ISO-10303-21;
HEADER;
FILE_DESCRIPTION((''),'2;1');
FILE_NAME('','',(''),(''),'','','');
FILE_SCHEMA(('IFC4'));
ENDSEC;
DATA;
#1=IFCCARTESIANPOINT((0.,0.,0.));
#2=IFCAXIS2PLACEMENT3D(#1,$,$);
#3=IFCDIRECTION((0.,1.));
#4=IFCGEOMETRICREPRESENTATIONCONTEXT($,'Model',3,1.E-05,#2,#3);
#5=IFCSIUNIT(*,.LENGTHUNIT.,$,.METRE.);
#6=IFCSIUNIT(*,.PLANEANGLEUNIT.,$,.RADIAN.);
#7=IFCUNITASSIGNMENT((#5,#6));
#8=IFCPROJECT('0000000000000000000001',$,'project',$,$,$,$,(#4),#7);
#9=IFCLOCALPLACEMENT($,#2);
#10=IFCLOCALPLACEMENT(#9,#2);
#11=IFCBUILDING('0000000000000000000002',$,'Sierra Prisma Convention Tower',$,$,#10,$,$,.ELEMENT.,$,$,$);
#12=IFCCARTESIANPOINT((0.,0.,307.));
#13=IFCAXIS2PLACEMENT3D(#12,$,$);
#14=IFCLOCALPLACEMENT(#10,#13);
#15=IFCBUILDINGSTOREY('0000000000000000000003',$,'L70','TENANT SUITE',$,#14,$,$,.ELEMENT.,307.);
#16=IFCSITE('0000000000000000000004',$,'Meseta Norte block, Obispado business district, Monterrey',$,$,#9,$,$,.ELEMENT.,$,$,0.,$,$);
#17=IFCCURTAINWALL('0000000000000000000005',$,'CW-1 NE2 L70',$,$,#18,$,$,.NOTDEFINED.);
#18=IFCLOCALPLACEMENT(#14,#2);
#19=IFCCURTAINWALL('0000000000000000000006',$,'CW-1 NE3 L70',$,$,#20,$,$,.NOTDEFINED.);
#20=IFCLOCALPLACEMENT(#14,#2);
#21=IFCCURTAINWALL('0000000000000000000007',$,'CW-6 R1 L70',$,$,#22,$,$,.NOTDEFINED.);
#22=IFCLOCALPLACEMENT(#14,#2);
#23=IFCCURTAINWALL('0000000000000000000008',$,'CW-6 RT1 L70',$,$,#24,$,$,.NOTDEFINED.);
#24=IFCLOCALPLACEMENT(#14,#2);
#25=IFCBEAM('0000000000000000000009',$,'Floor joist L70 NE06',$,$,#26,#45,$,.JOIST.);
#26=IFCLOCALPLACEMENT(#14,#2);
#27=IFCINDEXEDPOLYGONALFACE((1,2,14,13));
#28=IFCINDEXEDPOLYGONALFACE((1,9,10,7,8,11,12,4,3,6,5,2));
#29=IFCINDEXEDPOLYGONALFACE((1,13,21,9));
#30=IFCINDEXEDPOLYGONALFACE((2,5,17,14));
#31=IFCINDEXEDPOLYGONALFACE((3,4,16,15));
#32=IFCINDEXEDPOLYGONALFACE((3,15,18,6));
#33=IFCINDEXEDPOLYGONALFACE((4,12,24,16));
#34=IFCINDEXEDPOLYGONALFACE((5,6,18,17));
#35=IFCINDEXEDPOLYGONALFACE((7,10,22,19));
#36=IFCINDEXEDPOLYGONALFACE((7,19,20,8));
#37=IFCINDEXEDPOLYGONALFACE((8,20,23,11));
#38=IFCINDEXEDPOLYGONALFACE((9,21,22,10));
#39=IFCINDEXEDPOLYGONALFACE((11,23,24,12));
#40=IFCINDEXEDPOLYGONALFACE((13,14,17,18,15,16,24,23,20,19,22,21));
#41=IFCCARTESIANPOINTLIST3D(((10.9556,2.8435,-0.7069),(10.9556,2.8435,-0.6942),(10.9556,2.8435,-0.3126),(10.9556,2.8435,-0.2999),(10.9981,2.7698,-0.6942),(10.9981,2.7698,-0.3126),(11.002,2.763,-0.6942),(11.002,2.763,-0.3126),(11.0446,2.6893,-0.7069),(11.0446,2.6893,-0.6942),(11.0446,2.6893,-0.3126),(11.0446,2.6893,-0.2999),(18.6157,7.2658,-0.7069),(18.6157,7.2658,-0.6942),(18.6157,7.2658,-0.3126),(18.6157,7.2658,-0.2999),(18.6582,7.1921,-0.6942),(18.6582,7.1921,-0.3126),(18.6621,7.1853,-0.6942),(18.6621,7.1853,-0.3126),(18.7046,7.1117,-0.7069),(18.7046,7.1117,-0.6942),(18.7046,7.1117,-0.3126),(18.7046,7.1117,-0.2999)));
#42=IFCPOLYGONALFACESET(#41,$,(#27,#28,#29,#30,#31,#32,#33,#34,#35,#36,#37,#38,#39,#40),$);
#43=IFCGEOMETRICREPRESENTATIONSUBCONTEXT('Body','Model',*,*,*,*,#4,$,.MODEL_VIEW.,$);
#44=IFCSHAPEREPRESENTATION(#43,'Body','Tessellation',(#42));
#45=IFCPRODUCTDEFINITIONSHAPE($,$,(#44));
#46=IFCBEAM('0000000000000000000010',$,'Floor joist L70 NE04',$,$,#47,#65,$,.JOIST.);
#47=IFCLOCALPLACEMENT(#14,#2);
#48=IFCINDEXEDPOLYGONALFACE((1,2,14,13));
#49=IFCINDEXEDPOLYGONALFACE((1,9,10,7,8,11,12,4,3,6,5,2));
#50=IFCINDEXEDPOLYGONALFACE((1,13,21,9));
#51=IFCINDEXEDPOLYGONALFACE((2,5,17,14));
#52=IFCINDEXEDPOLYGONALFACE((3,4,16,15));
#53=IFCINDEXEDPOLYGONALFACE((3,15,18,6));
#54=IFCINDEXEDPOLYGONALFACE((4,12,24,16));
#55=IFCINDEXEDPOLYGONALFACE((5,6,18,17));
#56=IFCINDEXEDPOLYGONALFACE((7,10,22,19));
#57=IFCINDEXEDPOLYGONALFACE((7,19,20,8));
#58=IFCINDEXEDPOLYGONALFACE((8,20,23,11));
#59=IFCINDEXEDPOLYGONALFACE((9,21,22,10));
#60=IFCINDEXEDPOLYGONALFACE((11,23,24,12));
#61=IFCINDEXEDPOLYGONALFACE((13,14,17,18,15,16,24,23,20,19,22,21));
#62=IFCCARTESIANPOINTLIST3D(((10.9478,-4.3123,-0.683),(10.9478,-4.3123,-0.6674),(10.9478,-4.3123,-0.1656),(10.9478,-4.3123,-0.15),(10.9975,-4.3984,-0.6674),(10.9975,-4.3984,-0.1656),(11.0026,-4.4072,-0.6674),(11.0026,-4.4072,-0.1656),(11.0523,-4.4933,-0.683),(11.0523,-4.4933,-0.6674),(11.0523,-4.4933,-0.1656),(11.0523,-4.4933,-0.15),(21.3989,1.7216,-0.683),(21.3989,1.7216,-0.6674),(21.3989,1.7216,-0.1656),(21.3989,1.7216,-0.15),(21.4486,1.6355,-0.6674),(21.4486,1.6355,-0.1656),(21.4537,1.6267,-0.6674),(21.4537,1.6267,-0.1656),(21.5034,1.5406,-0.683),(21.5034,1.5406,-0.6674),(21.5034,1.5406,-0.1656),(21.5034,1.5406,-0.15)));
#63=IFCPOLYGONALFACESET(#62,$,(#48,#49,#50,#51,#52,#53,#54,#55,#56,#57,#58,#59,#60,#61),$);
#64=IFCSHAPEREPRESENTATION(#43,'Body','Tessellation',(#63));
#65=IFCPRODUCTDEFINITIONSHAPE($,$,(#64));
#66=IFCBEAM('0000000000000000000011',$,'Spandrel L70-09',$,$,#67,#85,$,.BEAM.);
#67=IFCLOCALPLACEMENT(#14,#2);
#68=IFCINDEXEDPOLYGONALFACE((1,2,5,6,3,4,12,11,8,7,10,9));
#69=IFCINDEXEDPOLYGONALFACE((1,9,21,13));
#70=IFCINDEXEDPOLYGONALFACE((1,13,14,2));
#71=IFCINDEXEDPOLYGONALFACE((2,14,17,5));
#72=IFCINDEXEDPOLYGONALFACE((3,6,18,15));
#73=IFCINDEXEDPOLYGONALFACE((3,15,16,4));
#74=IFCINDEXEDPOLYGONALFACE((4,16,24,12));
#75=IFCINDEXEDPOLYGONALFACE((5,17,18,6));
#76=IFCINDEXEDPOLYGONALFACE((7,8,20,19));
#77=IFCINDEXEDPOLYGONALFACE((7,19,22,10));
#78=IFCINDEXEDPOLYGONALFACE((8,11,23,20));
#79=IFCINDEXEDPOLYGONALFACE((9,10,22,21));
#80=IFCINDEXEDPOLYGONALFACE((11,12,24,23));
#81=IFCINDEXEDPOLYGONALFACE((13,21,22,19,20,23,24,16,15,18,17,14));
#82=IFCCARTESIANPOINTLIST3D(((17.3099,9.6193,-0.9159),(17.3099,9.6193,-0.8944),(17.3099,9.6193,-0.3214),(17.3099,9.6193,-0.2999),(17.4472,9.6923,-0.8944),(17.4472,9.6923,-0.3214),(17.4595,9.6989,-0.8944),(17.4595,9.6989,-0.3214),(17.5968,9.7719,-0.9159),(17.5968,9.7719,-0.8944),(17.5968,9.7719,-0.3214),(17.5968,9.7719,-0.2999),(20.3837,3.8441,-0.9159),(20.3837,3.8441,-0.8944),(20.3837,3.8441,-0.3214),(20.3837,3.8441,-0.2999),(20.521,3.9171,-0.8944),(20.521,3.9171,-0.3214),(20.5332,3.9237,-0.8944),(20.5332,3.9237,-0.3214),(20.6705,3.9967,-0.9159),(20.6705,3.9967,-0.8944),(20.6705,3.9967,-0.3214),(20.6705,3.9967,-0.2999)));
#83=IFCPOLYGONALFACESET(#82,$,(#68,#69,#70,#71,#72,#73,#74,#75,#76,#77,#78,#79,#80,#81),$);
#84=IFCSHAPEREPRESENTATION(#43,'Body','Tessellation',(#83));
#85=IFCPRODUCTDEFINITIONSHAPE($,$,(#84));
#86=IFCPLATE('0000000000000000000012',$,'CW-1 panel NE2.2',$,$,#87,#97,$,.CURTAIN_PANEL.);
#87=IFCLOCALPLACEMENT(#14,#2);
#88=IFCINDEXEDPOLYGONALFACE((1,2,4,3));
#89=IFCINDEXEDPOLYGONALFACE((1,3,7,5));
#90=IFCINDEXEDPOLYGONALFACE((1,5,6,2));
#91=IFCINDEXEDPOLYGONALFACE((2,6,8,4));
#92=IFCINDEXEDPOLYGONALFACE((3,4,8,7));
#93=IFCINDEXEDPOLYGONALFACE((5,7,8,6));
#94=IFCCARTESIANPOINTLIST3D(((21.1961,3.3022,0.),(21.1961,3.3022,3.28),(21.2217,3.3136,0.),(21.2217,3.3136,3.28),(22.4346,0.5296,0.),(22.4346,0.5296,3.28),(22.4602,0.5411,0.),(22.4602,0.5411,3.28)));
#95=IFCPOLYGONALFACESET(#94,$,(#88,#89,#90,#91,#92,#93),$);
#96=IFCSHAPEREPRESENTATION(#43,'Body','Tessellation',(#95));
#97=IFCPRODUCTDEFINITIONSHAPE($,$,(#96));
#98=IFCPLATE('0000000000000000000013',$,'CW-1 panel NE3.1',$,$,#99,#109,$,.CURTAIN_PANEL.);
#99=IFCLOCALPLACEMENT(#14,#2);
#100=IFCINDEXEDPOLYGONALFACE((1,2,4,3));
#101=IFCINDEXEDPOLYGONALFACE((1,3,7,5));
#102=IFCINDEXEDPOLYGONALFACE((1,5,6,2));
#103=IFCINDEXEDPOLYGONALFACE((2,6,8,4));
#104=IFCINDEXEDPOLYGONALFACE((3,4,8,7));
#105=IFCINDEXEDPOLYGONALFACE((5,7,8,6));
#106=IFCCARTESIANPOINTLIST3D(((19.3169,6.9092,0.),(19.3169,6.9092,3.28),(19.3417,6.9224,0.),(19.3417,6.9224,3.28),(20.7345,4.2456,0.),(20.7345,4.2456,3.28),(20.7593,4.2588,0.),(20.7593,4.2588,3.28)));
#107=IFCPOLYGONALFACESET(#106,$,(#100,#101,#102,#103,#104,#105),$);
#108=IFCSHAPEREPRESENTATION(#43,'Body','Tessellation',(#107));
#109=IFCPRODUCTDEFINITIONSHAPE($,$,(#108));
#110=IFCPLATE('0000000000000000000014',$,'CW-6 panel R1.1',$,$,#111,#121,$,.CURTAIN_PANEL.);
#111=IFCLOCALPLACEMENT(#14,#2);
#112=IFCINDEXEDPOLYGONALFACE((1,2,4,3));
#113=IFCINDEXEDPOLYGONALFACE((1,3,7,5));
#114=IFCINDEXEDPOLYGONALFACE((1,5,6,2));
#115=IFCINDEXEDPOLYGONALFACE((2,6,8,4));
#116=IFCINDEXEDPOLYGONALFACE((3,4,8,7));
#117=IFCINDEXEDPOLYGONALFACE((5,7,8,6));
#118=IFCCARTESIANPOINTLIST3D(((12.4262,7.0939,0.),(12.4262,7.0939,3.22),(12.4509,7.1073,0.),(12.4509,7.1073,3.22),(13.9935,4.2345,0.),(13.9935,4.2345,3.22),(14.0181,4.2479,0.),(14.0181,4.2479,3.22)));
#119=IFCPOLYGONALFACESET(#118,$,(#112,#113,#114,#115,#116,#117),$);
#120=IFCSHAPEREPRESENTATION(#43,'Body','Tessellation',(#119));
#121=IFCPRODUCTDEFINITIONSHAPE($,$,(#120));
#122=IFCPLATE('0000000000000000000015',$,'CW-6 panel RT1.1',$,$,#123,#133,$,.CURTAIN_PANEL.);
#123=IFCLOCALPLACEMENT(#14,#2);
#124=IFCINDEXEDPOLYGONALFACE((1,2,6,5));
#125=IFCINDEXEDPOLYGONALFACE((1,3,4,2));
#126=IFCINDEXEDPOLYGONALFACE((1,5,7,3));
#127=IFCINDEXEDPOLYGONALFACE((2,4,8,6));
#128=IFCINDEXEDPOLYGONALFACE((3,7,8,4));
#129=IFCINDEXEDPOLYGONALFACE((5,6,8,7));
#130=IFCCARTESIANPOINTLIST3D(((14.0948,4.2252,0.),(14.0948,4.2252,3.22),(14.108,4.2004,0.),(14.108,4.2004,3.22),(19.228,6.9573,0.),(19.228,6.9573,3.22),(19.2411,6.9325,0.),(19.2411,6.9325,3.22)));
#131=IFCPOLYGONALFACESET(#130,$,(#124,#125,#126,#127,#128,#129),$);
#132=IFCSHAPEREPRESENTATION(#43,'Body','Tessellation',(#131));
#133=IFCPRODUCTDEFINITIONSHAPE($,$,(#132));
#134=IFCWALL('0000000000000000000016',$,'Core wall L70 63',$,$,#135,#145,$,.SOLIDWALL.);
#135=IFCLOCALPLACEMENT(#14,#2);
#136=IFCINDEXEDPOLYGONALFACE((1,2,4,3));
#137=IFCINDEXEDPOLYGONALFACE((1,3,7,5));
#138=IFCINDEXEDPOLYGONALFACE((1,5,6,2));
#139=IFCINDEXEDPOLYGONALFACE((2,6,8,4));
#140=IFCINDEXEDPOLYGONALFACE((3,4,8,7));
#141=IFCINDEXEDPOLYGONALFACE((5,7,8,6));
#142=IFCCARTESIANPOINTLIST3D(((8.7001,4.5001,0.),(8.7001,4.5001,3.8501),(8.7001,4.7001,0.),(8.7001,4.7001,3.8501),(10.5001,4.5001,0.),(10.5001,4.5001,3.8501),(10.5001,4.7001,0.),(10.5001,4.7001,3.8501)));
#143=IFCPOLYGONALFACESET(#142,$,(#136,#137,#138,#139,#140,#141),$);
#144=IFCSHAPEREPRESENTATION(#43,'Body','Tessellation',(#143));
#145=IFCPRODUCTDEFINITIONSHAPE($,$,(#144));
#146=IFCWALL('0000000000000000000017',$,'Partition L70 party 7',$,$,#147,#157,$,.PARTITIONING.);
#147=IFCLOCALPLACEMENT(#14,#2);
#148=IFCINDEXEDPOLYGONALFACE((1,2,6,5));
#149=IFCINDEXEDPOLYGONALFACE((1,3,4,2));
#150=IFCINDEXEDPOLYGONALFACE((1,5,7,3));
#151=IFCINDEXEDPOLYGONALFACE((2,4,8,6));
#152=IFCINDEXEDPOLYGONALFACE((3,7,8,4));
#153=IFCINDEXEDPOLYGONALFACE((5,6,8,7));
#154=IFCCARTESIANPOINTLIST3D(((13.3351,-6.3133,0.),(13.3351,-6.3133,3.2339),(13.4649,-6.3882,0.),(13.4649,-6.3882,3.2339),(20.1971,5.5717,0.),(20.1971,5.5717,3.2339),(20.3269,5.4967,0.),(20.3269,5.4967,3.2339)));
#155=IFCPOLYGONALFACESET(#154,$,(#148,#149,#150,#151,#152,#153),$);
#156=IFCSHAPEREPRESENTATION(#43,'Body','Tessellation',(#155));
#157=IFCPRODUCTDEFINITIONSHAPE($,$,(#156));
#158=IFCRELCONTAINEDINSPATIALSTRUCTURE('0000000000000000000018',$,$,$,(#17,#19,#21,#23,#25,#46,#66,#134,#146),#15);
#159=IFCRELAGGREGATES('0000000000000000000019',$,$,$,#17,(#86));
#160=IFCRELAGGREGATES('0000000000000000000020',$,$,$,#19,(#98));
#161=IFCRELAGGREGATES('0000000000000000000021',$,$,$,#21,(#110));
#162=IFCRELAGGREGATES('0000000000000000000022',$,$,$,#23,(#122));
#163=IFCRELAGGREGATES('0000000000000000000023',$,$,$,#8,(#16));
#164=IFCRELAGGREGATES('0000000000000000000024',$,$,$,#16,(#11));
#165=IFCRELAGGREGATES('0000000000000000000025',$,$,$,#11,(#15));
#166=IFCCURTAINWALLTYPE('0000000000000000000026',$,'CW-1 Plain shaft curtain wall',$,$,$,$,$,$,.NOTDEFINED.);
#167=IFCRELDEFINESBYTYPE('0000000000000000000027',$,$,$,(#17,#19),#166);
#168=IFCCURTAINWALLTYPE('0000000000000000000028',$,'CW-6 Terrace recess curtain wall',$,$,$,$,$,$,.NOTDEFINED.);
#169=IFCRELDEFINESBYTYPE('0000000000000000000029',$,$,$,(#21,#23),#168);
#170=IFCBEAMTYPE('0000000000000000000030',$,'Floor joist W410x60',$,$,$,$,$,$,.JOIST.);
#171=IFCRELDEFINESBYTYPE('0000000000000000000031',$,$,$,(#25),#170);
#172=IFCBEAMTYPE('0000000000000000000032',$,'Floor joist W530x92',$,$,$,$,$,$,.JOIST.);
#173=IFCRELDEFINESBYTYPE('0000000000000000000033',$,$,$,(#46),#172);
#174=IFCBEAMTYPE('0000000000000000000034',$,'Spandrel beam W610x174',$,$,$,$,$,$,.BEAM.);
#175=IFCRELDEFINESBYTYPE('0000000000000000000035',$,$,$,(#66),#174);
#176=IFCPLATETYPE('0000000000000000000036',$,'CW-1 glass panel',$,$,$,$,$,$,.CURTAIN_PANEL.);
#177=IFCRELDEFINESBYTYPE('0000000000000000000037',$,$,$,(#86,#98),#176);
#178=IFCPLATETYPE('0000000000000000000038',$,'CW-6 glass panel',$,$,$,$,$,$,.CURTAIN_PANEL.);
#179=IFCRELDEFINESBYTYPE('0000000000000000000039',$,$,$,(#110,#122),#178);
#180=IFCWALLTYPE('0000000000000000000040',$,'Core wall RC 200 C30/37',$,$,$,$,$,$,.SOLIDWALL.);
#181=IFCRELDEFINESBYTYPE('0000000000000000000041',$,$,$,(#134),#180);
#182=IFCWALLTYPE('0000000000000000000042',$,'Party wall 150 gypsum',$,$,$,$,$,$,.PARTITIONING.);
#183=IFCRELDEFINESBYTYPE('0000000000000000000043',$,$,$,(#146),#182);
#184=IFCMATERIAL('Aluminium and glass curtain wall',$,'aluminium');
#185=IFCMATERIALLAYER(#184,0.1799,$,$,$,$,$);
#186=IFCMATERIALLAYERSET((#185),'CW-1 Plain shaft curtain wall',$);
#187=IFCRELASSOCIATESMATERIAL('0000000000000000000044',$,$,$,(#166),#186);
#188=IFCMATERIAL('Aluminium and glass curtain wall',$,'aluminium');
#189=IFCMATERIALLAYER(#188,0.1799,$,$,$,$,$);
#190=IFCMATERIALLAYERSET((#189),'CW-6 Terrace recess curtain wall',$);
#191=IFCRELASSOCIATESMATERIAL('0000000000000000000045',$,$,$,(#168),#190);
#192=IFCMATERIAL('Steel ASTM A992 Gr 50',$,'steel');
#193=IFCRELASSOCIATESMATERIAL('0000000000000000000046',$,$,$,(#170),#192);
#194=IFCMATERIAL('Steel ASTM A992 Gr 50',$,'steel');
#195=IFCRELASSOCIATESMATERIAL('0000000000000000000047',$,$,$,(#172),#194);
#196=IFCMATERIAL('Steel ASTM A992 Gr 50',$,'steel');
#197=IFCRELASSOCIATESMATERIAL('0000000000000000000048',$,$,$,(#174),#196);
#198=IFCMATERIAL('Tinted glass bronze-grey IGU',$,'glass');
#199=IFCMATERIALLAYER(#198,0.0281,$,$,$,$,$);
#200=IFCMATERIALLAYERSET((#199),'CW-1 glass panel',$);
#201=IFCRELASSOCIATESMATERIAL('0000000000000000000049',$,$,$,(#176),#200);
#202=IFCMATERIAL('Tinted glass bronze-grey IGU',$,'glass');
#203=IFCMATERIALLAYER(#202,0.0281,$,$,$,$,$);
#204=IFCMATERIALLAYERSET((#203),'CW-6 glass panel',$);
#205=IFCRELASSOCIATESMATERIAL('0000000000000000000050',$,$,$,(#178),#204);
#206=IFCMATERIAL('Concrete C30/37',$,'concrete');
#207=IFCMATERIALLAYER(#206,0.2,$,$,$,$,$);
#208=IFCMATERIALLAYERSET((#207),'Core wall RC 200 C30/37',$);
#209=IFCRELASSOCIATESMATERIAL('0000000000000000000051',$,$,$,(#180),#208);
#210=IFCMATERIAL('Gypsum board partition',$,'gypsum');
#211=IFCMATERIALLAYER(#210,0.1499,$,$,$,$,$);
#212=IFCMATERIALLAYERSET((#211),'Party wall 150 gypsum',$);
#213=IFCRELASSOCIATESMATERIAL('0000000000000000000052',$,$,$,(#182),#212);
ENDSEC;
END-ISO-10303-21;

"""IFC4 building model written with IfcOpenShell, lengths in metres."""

from ifc_helpers import new_model, si_unit, direction, frame, frame_2d, origin, origin_2d, place, context, subcontext, project, spatial, rectangle, i_section, extrude, material, layer, layer_set, material_profile, profile_set, type_object, element, aggregate, save


model = new_model("IFC4")

# Units and contexts
model_context = context("Model", 3, precision=1e-05, world=origin(), true_north=direction((0.0, 1.0)))
body_context = subcontext(model_context, "Body", "Model", "MODEL_VIEW")
ifc_project = project(units=[si_unit("LENGTHUNIT", "METRE"), si_unit("PLANEANGLEUNIT", "RADIAN")], contexts=[model_context])

# Site, building, storey
site_placement = place(None, origin())
site = spatial("IfcSite", under=ifc_project, at=site_placement, Name="Meseta Norte block, Obispado business district, Monterrey", CompositionType="ELEMENT", RefElevation=0.0)
building_placement = place(site_placement, origin())
building = spatial("IfcBuilding", under=site, at=building_placement, Name="Sierra Prisma Convention Tower", CompositionType="ELEMENT")
storey_placement = place(building_placement, frame((0.0, 0.0, 307.0)))
storey = spatial("IfcBuildingStorey", under=building, at=storey_placement, Name="L70", Description="TENANT SUITE", CompositionType="ELEMENT", Elevation=307.0)

# Curtain wall
ifc_material_1 = material(Name="Aluminium and glass curtain wall", Category="aluminium")
ifc_layer_1 = layer(ifc_material_1, 0.1799)
ifc_layer_set_1 = layer_set([ifc_layer_1], Name="CW-1 Plain shaft curtain wall")
curtain_wall_type_1 = type_object("IfcCurtainWallType", Name="CW-1 Plain shaft curtain wall", PredefinedType="NOTDEFINED", material=ifc_layer_set_1)
curtain_wall_1_placement = place(storey_placement, origin())
curtain_wall_1 = element("IfcCurtainWall", 1, at=curtain_wall_1_placement, inside=storey, type_object=curtain_wall_type_1, Name="CW-1 NE2 L70", PredefinedType="NOTDEFINED")

# Curtain wall
curtain_wall_2_placement = place(storey_placement, origin())
curtain_wall_2 = element("IfcCurtainWall", 2, at=curtain_wall_2_placement, inside=storey, type_object=curtain_wall_type_1, Name="CW-1 NE3 L70", PredefinedType="NOTDEFINED")

# Curtain wall
ifc_material_2 = material(Name="Aluminium and glass curtain wall", Category="aluminium")
ifc_layer_2 = layer(ifc_material_2, 0.1799)
ifc_layer_set_2 = layer_set([ifc_layer_2], Name="CW-6 Terrace recess curtain wall")
curtain_wall_type_2 = type_object("IfcCurtainWallType", Name="CW-6 Terrace recess curtain wall", PredefinedType="NOTDEFINED", material=ifc_layer_set_2)
curtain_wall_3_placement = place(storey_placement, origin())
curtain_wall_3 = element("IfcCurtainWall", 3, at=curtain_wall_3_placement, inside=storey, type_object=curtain_wall_type_2, Name="CW-6 R1 L70", PredefinedType="NOTDEFINED")

# Curtain wall
curtain_wall_4_placement = place(storey_placement, origin())
curtain_wall_4 = element("IfcCurtainWall", 4, at=curtain_wall_4_placement, inside=storey, type_object=curtain_wall_type_2, Name="CW-6 RT1 L70", PredefinedType="NOTDEFINED")

# Beams
ifc_material_3 = material(Name="Steel ASTM A992 Gr 50", Category="steel")
ifc_material_profile_1 = material_profile(ifc_material_3, i_section(OverallWidth=0.178, OverallDepth=0.407, WebThickness=0.0078, FlangeThickness=0.0127, at=origin_2d()), Name="W410x60")
ifc_profile_set_1 = profile_set([ifc_material_profile_1], Name="Steel ASTM A992 Gr 50")
beam_type_1 = type_object("IfcBeamType", Name="Floor joist W410x60", PredefinedType="JOIST", material=ifc_profile_set_1)
beam_1_placement = place(storey_placement, frame((18.6602, 7.1887, -0.5034), z_axis=(-0.866037, -0.49998, 0.0), x_axis=(0.49998, -0.866037, 0.0)))
element("IfcBeam", 5, at=beam_1_placement, inside=storey, type_object=beam_type_1, Name="Floor joist L70 NE06", PredefinedType="JOIST", context=body_context, shape_type="SweptSolid", body=[
    extrude(i_section(OverallWidth=0.178, OverallDepth=0.407, WebThickness=0.0078, FlangeThickness=0.0127, at=origin_2d()), origin(), (0.0, 0.0, 1.0), 8.845),
])
ifc_material_4 = material(Name="Steel ASTM A992 Gr 50", Category="steel")
ifc_material_profile_2 = material_profile(ifc_material_4, i_section(OverallWidth=0.209, OverallDepth=0.533, WebThickness=0.0103, FlangeThickness=0.0156, at=origin_2d()), Name="W530x92")
ifc_profile_set_2 = profile_set([ifc_material_profile_2], Name="Steel ASTM A992 Gr 50")
beam_type_2 = type_object("IfcBeamType", Name="Floor joist W530x92", PredefinedType="JOIST", material=ifc_profile_set_2)
beam_2_placement = place(storey_placement, frame((21.4512, 1.6311, -0.4165), z_axis=(-0.866027, -0.499997, 0.0), x_axis=(0.499997, -0.866027, 0.0)))
element("IfcBeam", 6, at=beam_2_placement, inside=storey, type_object=beam_type_2, Name="Floor joist L70 NE04", PredefinedType="JOIST", context=body_context, shape_type="SweptSolid", body=[
    extrude(i_section(OverallWidth=0.209, OverallDepth=0.533, WebThickness=0.0103, FlangeThickness=0.0156, at=origin_2d()), origin(), (0.0, 0.0, 1.0), 12.0679),
])
ifc_material_5 = material(Name="Steel ASTM A992 Gr 50", Category="steel")
ifc_material_profile_3 = material_profile(ifc_material_5, i_section(OverallWidth=0.325, OverallDepth=0.616, WebThickness=0.0139, FlangeThickness=0.0215, at=origin_2d()), Name="W610x174")
ifc_profile_set_3 = profile_set([ifc_material_profile_3], Name="Steel ASTM A992 Gr 50")
beam_type_3 = type_object("IfcBeamType", Name="Spandrel beam W610x174", PredefinedType="BEAM", material=ifc_profile_set_3)
beam_3_placement = place(storey_placement, frame((20.5271, 3.9204, -0.6079), z_axis=(-0.469833, 0.882755, 0.0), x_axis=(-0.882755, -0.469833, 0.0)))
element("IfcBeam", 7, at=beam_3_placement, inside=storey, type_object=beam_type_3, Name="Spandrel L70-09", PredefinedType="BEAM", context=body_context, shape_type="SweptSolid", body=[
    extrude(i_section(OverallWidth=0.325, OverallDepth=0.616, WebThickness=0.0139, FlangeThickness=0.0215, at=origin_2d()), origin(), (0.0, 0.0, 1.0), 6.5422),
])

# Plates
ifc_material_6 = material(Name="Tinted glass bronze-grey IGU", Category="glass")
ifc_layer_3 = layer(ifc_material_6, 0.0281)
ifc_layer_set_3 = layer_set([ifc_layer_3], Name="CW-1 glass panel")
plate_type_1 = type_object("IfcPlateType", Name="CW-1 glass panel", PredefinedType="CURTAIN_PANEL", material=ifc_layer_set_3)
plate_1_placement = place(storey_placement, frame((21.8281, 1.9216, 0.0), z_axis=(0.0, 0.0, 1.0), x_axis=(-0.407858, 0.913045, 0.0)))
plate_1 = element("IfcPlate", 8, at=plate_1_placement, type_object=plate_type_1, Name="CW-1 panel NE2.2", PredefinedType="CURTAIN_PANEL", context=body_context, shape_type="SweptSolid", body=[
    extrude(rectangle(XDim=3.0366, YDim=0.0281, at=origin_2d()), origin(), (0.0, 0.0, 1.0), 3.28),
])
aggregate(curtain_wall_1, [plate_1])
plate_2_placement = place(storey_placement, frame((20.0381, 5.584, 0.0), z_axis=(0.0, 0.0, 1.0), x_axis=(-0.469833, 0.882755, 0.0)))
plate_2 = element("IfcPlate", 9, at=plate_2_placement, type_object=plate_type_1, Name="CW-1 panel NE3.1", PredefinedType="CURTAIN_PANEL", context=body_context, shape_type="SweptSolid", body=[
    extrude(rectangle(XDim=3.0173, YDim=0.0281, at=origin_2d()), origin(), (0.0, 0.0, 1.0), 3.28),
])
aggregate(curtain_wall_2, [plate_2])
ifc_material_7 = material(Name="Tinted glass bronze-grey IGU", Category="glass")
ifc_layer_4 = layer(ifc_material_7, 0.0281)
ifc_layer_set_4 = layer_set([ifc_layer_4], Name="CW-6 glass panel")
plate_type_2 = type_object("IfcPlateType", Name="CW-6 glass panel", PredefinedType="CURTAIN_PANEL", material=ifc_layer_set_4)
plate_3_placement = place(storey_placement, frame((13.2222, 5.6709, 0.0), z_axis=(0.0, 0.0, 1.0), x_axis=(-0.480643, 0.876916, 0.0)))
plate_3 = element("IfcPlate", 10, at=plate_3_placement, type_object=plate_type_2, Name="CW-6 panel R1.1", PredefinedType="CURTAIN_PANEL", context=body_context, shape_type="SweptSolid", body=[
    extrude(rectangle(XDim=3.2607, YDim=0.0281, at=origin_2d()), origin(), (0.0, 0.0, 1.0), 3.22),
])
aggregate(curtain_wall_3, [plate_3])
plate_4_placement = place(storey_placement, frame((16.668, 5.5789, 0.0), z_axis=(0.0, 0.0, 1.0), x_axis=(-0.882755, -0.469833, 0.0)))
plate_4 = element("IfcPlate", 11, at=plate_4_placement, type_object=plate_type_2, Name="CW-6 panel RT1.1", PredefinedType="CURTAIN_PANEL", context=body_context, shape_type="SweptSolid", body=[
    extrude(rectangle(XDim=5.8149, YDim=0.0281, at=origin_2d()), origin(), (0.0, 0.0, 1.0), 3.22),
])
aggregate(curtain_wall_4, [plate_4])

# Shared definitions
ifc_material_8 = material(Name="Concrete C30/37", Category="concrete")
ifc_layer_5 = layer(ifc_material_8, 0.2)
ifc_layer_set_5 = layer_set([ifc_layer_5], Name="Core wall RC 200 C30/37")
wall_type_1 = type_object("IfcWallType", Name="Core wall RC 200 C30/37", PredefinedType="SOLIDWALL", material=ifc_layer_set_5)

# Walls
wall_1_placement = place(storey_placement, frame((10.5, 4.6001, 0.0), z_axis=(0.0, 0.0, 1.0), x_axis=(-1.0, 0.0, 0.0)))
element("IfcWall", 12, at=wall_1_placement, inside=storey, type_object=wall_type_1, Name="Core wall L70 63", PredefinedType="SOLIDWALL", context=body_context, shape_type="SweptSolid", body=[
    extrude(rectangle(XDim=1.8, YDim=0.2, at=frame_2d((0.8999, 0.0))), origin(), (0.0, 0.0, 1.0), 3.8501),
])
ifc_material_9 = material(Name="Gypsum board partition", Category="gypsum")
ifc_layer_6 = layer(ifc_material_9, 0.1499)
ifc_layer_set_6 = layer_set([ifc_layer_6], Name="Party wall 150 gypsum")
wall_type_2 = type_object("IfcWallType", Name="Party wall 150 gypsum", PredefinedType="PARTITIONING", material=ifc_layer_set_6)
wall_2_placement = place(storey_placement, frame((20.262, 5.5342, 0.0), z_axis=(0.0, 0.0, 1.0), x_axis=(-0.500013, -0.866018, 0.0)))
element("IfcWall", 13, at=wall_2_placement, inside=storey, type_object=wall_type_2, Name="Partition L70 party 7", PredefinedType="PARTITIONING", context=body_context, shape_type="SweptSolid", body=[
    extrude(rectangle(XDim=13.7236, YDim=0.1499, at=frame_2d((6.8618, 0.0))), origin(), (0.0, 0.0, 1.0), 3.2339),
])

save(model, "model.ifc")
